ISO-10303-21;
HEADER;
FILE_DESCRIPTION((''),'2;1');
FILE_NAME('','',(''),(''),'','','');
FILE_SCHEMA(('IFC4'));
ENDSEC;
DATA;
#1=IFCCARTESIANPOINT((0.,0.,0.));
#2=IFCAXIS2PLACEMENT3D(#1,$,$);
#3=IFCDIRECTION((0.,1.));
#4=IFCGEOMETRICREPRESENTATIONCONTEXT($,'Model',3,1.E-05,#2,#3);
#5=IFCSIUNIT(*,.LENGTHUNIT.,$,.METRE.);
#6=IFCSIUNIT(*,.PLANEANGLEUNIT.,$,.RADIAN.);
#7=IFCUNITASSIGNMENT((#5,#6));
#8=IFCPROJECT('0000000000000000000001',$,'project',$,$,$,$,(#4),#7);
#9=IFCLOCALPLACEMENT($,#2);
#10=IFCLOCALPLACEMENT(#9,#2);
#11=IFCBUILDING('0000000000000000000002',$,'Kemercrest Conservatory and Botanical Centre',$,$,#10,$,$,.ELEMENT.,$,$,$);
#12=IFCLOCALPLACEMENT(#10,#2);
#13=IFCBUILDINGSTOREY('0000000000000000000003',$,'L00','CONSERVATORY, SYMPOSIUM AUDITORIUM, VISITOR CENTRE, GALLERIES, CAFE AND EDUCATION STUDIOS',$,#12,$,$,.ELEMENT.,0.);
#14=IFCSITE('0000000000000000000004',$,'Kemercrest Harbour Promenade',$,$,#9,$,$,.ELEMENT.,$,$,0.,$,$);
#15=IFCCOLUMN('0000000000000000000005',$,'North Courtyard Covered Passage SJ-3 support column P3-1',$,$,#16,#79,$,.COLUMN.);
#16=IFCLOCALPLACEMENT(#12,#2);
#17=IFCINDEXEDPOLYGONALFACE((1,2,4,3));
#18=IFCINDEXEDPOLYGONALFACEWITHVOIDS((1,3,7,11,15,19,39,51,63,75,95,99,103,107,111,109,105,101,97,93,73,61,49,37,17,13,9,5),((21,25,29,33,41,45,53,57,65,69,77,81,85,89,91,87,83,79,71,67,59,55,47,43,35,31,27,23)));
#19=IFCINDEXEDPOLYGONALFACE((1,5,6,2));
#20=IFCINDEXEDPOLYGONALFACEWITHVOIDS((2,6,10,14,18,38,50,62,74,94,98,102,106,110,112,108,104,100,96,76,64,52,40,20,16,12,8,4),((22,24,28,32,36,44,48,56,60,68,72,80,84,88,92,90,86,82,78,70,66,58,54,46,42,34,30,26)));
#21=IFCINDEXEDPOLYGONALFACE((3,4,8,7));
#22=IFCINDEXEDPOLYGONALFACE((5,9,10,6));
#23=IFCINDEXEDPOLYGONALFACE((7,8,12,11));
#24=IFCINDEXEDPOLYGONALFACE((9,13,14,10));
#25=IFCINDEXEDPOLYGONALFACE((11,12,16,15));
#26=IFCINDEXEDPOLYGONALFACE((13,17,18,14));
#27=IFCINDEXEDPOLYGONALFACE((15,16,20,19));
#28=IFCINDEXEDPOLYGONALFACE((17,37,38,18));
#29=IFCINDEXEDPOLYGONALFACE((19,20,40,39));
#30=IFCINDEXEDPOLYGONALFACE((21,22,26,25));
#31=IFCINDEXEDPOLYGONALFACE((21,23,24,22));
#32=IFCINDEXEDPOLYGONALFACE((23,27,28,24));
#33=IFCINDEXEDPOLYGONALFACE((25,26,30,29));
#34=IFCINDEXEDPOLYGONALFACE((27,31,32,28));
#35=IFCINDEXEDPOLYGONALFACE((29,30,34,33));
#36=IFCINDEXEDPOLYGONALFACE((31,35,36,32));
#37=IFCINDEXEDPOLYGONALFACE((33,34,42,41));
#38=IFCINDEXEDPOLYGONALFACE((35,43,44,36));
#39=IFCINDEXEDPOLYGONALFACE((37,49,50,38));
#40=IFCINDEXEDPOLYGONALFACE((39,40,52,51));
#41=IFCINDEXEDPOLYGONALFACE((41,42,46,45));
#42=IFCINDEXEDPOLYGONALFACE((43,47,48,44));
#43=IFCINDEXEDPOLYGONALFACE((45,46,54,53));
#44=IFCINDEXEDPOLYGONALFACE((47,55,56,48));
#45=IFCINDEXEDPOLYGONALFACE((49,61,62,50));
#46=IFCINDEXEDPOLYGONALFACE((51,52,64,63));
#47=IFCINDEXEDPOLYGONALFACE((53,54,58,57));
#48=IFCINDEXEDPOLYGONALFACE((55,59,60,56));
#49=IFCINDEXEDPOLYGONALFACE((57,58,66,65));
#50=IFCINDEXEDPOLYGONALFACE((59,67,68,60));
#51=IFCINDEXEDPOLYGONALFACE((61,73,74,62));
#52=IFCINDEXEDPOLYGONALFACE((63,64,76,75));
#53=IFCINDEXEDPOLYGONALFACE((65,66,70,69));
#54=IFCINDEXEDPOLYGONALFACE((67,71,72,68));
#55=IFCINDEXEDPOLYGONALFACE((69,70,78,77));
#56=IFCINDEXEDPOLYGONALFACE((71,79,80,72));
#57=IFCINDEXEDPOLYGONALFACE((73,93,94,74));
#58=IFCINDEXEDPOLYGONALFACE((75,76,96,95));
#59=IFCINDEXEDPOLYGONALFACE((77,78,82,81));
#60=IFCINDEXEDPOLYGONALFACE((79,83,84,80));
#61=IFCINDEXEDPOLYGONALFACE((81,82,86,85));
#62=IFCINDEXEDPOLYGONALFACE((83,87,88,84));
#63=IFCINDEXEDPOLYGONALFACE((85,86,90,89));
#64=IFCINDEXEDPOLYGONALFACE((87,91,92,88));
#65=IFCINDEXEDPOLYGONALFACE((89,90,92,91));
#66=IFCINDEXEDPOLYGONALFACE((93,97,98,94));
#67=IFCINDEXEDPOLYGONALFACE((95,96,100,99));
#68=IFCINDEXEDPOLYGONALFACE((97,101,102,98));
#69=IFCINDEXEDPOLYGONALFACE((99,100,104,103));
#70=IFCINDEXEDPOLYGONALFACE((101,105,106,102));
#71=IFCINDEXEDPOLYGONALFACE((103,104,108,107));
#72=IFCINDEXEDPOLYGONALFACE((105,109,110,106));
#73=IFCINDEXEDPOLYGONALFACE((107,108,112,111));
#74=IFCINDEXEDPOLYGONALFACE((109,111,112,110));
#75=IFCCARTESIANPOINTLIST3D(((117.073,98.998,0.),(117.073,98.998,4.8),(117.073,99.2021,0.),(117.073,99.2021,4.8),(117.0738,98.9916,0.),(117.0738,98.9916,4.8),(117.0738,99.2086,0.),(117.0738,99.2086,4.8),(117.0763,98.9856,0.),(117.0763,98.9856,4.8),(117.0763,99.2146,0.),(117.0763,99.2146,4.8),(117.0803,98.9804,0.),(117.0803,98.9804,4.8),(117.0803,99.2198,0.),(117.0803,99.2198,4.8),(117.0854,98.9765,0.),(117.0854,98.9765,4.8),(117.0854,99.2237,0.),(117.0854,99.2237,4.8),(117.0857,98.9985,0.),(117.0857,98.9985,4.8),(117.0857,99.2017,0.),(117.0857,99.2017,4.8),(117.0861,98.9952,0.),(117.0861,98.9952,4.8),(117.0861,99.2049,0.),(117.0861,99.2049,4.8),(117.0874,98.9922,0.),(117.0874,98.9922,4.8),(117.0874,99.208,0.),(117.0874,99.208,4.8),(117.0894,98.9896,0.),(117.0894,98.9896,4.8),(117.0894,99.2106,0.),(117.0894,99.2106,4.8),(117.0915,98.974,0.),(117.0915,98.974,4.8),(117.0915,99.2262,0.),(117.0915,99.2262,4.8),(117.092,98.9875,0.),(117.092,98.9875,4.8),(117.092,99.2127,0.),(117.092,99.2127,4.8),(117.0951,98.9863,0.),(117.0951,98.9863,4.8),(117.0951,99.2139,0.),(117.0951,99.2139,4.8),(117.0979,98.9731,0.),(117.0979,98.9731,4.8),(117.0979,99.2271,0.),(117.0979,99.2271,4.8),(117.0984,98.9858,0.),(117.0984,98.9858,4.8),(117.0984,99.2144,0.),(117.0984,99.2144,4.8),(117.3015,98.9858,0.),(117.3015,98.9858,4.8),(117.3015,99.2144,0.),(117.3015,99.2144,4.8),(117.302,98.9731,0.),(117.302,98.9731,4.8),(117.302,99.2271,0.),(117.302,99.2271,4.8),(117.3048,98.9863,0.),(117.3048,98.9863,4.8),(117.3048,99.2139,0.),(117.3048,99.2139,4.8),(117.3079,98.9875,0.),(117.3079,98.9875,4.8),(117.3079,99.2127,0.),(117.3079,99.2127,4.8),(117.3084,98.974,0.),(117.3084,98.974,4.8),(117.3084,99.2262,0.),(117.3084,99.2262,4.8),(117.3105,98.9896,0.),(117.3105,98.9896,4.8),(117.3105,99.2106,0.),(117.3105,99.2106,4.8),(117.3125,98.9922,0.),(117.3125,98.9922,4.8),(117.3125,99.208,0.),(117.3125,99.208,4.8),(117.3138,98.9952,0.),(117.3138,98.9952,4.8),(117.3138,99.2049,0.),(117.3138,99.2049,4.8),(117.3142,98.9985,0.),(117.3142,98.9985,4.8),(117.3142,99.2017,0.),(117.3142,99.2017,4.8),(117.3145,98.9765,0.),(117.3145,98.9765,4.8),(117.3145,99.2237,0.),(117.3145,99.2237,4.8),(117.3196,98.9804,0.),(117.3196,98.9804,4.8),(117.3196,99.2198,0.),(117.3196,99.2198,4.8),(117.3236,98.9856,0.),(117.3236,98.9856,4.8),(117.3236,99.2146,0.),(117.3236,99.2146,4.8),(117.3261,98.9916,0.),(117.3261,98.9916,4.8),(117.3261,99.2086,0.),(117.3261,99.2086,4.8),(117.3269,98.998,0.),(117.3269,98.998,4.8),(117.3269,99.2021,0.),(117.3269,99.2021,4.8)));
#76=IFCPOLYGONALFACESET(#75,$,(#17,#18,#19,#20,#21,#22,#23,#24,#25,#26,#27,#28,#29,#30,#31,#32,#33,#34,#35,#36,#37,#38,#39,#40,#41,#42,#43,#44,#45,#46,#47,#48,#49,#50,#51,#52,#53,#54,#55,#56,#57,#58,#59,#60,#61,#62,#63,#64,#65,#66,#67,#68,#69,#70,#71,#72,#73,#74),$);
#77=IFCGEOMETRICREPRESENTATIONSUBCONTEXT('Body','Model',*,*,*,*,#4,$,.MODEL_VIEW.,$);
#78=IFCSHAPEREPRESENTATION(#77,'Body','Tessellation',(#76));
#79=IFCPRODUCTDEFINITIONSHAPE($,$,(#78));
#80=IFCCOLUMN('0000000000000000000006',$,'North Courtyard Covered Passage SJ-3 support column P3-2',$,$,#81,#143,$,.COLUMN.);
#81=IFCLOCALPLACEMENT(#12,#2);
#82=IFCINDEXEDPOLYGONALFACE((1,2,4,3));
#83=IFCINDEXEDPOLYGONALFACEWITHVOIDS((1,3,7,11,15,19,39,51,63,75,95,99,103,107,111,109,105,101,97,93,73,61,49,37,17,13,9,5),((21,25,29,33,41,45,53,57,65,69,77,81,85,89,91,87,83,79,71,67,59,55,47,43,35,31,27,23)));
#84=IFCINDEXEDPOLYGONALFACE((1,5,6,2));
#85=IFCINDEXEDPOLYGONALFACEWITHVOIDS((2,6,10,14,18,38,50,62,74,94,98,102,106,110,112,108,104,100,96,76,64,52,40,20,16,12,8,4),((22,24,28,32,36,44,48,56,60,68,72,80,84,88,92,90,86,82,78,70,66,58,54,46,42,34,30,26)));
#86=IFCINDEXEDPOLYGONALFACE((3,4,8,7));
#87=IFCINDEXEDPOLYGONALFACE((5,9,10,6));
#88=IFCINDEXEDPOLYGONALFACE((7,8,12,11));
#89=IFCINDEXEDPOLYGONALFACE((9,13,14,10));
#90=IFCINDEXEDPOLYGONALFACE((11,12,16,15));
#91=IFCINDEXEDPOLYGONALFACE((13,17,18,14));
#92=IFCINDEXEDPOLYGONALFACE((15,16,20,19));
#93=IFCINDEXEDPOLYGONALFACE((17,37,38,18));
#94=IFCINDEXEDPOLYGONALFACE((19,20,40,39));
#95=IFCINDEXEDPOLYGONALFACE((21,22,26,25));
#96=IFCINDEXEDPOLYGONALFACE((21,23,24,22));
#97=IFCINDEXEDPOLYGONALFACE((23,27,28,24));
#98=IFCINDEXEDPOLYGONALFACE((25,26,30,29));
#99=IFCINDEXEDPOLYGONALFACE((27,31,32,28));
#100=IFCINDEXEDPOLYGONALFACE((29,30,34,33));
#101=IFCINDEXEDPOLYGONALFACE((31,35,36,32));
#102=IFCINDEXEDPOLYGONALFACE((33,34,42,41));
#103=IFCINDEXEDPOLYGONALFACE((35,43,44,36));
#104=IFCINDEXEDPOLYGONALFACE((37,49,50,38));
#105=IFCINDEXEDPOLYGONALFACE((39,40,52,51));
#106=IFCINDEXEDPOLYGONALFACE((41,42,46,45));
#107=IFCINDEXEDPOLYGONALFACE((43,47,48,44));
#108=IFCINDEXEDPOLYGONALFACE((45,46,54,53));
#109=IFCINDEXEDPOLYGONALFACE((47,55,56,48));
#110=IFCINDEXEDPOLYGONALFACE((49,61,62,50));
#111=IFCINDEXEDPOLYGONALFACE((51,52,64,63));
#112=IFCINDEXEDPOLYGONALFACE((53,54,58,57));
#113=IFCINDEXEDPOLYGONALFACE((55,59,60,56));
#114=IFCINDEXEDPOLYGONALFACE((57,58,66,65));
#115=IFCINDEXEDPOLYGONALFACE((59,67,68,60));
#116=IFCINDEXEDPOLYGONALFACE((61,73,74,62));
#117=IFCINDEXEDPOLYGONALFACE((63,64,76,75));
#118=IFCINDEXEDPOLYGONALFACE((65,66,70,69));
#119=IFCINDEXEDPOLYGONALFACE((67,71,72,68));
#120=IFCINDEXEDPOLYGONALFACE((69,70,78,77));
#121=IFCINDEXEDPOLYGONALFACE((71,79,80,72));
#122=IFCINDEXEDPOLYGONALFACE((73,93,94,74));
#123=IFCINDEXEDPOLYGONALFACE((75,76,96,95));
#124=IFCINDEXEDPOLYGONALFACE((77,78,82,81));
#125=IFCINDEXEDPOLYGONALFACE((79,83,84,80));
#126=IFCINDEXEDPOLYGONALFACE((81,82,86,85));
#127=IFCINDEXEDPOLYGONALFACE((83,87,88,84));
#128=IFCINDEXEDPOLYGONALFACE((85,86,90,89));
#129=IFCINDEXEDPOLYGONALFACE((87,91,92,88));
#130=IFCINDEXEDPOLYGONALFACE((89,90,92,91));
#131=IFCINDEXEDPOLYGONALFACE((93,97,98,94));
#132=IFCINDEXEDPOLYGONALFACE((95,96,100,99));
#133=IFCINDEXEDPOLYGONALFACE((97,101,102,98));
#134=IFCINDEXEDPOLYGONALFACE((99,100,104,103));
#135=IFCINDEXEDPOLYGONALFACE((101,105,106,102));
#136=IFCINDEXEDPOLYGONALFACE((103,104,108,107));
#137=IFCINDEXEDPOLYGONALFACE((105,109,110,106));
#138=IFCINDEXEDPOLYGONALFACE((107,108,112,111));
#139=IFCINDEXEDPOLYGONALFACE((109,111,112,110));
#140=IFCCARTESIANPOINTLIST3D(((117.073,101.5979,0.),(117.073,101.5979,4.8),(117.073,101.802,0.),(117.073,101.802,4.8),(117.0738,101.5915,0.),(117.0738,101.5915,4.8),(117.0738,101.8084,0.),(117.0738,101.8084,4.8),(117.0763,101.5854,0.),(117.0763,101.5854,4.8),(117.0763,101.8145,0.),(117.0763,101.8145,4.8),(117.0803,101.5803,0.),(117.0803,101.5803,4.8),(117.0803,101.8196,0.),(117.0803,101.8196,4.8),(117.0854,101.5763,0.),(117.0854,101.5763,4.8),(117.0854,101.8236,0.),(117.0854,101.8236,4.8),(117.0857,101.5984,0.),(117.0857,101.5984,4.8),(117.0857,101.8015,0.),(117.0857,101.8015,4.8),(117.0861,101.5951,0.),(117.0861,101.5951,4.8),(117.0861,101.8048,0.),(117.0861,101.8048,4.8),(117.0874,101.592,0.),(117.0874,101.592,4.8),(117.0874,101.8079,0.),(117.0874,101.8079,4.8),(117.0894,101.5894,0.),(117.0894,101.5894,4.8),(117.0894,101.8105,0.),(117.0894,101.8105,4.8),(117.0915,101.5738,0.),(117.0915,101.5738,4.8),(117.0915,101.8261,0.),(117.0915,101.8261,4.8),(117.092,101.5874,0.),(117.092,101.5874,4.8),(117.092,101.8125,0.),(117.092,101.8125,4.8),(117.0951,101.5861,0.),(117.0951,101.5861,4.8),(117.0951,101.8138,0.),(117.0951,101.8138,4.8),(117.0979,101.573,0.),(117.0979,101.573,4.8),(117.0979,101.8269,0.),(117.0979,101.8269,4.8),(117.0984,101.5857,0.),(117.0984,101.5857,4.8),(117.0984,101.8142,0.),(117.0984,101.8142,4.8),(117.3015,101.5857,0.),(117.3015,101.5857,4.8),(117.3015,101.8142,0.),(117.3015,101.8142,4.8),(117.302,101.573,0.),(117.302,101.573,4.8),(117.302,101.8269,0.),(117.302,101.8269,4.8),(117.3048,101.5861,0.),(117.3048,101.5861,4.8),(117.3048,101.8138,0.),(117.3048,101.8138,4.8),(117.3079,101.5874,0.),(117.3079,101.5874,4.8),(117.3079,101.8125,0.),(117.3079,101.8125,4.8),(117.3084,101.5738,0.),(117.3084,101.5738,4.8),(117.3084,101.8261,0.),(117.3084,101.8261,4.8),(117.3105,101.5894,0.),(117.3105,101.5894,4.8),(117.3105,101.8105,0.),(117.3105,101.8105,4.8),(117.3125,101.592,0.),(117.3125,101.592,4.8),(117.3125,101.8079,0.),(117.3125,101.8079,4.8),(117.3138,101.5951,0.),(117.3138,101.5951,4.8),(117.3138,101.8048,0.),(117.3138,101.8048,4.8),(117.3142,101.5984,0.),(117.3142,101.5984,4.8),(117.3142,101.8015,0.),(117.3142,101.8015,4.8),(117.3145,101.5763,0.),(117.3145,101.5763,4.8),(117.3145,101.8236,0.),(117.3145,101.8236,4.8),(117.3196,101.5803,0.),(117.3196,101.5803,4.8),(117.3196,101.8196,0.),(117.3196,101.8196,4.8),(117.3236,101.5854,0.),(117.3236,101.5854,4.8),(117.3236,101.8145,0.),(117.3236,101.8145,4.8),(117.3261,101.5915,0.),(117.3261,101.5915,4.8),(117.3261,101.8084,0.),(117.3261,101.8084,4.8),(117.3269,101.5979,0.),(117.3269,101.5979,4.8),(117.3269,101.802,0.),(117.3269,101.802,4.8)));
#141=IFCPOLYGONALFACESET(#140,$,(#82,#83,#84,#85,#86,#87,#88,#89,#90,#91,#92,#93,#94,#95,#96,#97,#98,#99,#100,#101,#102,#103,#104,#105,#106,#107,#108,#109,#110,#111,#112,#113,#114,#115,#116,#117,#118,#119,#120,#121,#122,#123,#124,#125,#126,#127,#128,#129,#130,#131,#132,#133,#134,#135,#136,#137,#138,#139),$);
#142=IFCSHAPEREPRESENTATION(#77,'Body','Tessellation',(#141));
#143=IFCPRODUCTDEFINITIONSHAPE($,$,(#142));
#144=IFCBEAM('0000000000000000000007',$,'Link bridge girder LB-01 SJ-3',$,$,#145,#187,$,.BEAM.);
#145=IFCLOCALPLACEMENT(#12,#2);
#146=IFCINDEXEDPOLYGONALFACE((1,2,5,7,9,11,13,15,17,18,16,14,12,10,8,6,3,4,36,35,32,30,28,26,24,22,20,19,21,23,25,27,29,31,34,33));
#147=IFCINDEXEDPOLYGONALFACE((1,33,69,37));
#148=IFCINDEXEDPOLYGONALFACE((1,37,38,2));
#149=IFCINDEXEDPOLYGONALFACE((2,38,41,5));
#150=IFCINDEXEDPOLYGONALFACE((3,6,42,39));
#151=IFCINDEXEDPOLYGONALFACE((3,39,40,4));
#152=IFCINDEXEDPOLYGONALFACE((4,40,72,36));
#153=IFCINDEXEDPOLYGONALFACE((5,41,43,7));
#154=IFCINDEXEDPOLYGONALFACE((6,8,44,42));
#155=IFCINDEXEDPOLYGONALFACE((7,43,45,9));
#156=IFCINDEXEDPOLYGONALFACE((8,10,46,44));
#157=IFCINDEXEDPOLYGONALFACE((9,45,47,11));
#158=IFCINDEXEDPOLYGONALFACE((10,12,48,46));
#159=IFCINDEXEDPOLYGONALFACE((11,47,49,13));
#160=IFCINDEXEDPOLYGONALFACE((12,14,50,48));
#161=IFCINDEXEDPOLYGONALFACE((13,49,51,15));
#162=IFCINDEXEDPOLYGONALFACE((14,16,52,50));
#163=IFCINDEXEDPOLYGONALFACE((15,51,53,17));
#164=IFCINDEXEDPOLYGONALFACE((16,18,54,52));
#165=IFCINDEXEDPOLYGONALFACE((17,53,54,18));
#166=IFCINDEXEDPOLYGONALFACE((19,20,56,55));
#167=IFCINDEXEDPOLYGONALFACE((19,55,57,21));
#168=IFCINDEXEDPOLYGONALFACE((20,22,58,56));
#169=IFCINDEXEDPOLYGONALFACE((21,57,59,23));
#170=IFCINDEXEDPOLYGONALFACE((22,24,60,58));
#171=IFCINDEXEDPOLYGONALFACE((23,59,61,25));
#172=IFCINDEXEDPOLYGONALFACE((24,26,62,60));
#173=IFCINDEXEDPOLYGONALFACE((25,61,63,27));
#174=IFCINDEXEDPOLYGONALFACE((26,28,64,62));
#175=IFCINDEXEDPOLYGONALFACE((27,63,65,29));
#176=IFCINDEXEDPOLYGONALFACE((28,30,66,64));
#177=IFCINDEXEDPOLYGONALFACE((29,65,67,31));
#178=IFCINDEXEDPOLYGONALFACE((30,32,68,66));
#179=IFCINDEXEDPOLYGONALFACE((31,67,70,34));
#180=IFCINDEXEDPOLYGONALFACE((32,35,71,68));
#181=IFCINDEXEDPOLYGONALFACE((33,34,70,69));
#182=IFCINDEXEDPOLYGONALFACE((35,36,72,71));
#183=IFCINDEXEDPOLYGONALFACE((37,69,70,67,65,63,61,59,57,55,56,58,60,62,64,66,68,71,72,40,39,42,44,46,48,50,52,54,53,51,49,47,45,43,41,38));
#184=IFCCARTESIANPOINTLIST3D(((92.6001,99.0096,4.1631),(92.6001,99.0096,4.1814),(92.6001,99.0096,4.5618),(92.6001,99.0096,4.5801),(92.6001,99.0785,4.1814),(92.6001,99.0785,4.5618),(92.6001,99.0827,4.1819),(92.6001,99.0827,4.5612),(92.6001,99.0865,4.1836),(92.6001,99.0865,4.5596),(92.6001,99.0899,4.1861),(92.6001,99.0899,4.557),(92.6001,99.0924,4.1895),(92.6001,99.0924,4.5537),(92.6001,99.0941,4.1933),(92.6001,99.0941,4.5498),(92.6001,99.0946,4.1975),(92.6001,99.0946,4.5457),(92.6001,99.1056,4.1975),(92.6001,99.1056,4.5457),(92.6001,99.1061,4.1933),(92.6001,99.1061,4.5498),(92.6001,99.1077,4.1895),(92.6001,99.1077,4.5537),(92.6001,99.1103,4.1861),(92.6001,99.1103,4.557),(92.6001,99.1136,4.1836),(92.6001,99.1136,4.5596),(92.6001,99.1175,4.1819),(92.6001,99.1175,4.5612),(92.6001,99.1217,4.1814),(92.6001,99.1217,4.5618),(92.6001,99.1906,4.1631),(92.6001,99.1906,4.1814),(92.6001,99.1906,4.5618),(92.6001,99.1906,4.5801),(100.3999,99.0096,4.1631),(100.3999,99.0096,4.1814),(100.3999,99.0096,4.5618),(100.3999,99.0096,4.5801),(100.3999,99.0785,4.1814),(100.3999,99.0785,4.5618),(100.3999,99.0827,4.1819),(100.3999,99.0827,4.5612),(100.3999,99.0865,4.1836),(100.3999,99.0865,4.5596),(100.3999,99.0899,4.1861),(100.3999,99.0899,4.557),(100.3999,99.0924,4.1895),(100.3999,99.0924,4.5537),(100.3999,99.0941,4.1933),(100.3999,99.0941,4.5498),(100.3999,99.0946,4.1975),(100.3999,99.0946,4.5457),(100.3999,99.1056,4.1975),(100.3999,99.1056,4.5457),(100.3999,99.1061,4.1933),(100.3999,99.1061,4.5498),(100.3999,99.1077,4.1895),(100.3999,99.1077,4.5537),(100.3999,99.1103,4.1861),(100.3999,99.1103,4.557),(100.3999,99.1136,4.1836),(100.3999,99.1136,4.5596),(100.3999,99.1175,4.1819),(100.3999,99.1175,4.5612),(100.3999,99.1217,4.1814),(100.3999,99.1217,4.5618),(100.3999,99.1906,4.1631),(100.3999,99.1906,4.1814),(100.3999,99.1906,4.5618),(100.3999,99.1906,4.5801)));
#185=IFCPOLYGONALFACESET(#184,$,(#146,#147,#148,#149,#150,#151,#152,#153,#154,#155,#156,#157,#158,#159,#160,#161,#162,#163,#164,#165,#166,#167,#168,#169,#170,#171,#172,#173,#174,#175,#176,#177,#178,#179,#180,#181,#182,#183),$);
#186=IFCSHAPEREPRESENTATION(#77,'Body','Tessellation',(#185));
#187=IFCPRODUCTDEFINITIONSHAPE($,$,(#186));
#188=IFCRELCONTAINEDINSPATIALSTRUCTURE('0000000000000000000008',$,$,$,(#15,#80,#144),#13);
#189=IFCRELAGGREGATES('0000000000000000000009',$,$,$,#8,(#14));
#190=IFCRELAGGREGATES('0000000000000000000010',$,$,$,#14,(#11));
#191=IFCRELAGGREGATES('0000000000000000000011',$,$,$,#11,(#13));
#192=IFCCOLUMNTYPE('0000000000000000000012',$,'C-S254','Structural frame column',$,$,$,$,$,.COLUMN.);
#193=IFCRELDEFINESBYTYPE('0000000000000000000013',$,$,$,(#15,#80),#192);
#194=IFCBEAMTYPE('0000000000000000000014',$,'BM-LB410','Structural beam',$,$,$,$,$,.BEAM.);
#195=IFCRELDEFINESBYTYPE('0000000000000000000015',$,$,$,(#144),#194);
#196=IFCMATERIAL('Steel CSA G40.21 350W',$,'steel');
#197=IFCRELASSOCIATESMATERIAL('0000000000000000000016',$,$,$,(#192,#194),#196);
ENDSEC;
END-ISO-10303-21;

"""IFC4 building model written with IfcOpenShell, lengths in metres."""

from ifc_helpers import new_model, si_unit, direction, frame, origin, origin_2d, place, context, subcontext, project, spatial, hollow_rectangle, i_section, extrude, material, material_profile, profile_set, type_object, element, save


model = new_model("IFC4")

# Units and contexts
model_context = context("Model", 3, precision=1e-05, world=origin(), true_north=direction((0.0, 1.0)))
body_context = subcontext(model_context, "Body", "Model", "MODEL_VIEW")
ifc_project = project(units=[si_unit("LENGTHUNIT", "METRE"), si_unit("PLANEANGLEUNIT", "RADIAN")], contexts=[model_context])

# Site, building, storey
site_placement = place(None, origin())
site = spatial("IfcSite", under=ifc_project, at=site_placement, Name="Kemercrest Harbour Promenade", CompositionType="ELEMENT", RefElevation=0.0)
building_placement = place(site_placement, origin())
building = spatial("IfcBuilding", under=site, at=building_placement, Name="Kemercrest Conservatory and Botanical Centre", CompositionType="ELEMENT")
storey_placement = place(building_placement, origin())
storey = spatial("IfcBuildingStorey", under=building, at=storey_placement, Name="L00", Description="CONSERVATORY, SYMPOSIUM AUDITORIUM, VISITOR CENTRE, GALLERIES, CAFE AND EDUCATION STUDIOS", CompositionType="ELEMENT", Elevation=0.0)

# Columns
ifc_material_1 = material(Name="Steel CSA G40.21 350W", Category="steel")
ifc_material_profile_1 = material_profile(ifc_material_1, hollow_rectangle(XDim=0.2539, YDim=0.2539, WallThickness=0.0127, InnerFilletRadius=0.0127, OuterFilletRadius=0.0249, at=origin_2d()), Name="HSS 254x254x12.7")
ifc_profile_set_1 = profile_set([ifc_material_profile_1], Name="Steel CSA G40.21 350W")
column_type = type_object("IfcColumnType", Name="C-S254", Description="Structural frame column", PredefinedType="COLUMN", material=ifc_profile_set_1)
for number, where, z_axis, x_axis, name in (
    (1, (117.2, 99.1001, 0.0), (0.0, 0.0, 1.0), (1.0, 0.0, 0.0), "North Courtyard Covered Passage SJ-3 support column P3-1"),
    (2, (117.2, 101.7, 0.0), (0.0, 0.0, 1.0), (1.0, 0.0, 0.0), "North Courtyard Covered Passage SJ-3 support column P3-2"),
):
    element("IfcColumn", number, at=place(storey_placement, frame(where, z_axis=z_axis, x_axis=x_axis)), inside=storey, type_object=column_type, Name=name, PredefinedType="COLUMN", context=body_context, shape_type="SweptSolid", body=[
        extrude(hollow_rectangle(XDim=0.2539, YDim=0.2539, WallThickness=0.0127, InnerFilletRadius=0.0127, OuterFilletRadius=0.0249, at=origin_2d()), origin(), (0.0, 0.0, 1.0), 4.8),
    ])

# Beam
ifc_material_profile_2 = material_profile(ifc_material_1, i_section(OverallWidth=0.1809, OverallDepth=0.417, WebThickness=0.011, FlangeThickness=0.0183, FilletRadius=0.0161, at=origin_2d()), Name="W410X85")
ifc_profile_set_2 = profile_set([ifc_material_profile_2], Name="Steel CSA G40.21 350W")
beam_type_1 = type_object("IfcBeamType", Name="BM-LB410", Description="Structural beam", PredefinedType="BEAM", material=ifc_profile_set_2)
for number, where, z_axis, x_axis, name in (
    (3, (92.6001, 99.1001, 4.3716), (1.0, 0.0, 0.0), (0.0, 1.0, 0.0), "Link bridge girder LB-01 SJ-3"),
):
    element("IfcBeam", number, at=place(storey_placement, frame(where, z_axis=z_axis, x_axis=x_axis)), inside=storey, type_object=beam_type_1, Name=name, PredefinedType="BEAM", context=body_context, shape_type="SweptSolid", body=[
        extrude(i_section(OverallWidth=0.1809, OverallDepth=0.417, WebThickness=0.011, FlangeThickness=0.0183, FilletRadius=0.0161, at=origin_2d()), origin(), (0.0, 0.0, 1.0), 7.7998),
    ])

save(model, "model.ifc")
